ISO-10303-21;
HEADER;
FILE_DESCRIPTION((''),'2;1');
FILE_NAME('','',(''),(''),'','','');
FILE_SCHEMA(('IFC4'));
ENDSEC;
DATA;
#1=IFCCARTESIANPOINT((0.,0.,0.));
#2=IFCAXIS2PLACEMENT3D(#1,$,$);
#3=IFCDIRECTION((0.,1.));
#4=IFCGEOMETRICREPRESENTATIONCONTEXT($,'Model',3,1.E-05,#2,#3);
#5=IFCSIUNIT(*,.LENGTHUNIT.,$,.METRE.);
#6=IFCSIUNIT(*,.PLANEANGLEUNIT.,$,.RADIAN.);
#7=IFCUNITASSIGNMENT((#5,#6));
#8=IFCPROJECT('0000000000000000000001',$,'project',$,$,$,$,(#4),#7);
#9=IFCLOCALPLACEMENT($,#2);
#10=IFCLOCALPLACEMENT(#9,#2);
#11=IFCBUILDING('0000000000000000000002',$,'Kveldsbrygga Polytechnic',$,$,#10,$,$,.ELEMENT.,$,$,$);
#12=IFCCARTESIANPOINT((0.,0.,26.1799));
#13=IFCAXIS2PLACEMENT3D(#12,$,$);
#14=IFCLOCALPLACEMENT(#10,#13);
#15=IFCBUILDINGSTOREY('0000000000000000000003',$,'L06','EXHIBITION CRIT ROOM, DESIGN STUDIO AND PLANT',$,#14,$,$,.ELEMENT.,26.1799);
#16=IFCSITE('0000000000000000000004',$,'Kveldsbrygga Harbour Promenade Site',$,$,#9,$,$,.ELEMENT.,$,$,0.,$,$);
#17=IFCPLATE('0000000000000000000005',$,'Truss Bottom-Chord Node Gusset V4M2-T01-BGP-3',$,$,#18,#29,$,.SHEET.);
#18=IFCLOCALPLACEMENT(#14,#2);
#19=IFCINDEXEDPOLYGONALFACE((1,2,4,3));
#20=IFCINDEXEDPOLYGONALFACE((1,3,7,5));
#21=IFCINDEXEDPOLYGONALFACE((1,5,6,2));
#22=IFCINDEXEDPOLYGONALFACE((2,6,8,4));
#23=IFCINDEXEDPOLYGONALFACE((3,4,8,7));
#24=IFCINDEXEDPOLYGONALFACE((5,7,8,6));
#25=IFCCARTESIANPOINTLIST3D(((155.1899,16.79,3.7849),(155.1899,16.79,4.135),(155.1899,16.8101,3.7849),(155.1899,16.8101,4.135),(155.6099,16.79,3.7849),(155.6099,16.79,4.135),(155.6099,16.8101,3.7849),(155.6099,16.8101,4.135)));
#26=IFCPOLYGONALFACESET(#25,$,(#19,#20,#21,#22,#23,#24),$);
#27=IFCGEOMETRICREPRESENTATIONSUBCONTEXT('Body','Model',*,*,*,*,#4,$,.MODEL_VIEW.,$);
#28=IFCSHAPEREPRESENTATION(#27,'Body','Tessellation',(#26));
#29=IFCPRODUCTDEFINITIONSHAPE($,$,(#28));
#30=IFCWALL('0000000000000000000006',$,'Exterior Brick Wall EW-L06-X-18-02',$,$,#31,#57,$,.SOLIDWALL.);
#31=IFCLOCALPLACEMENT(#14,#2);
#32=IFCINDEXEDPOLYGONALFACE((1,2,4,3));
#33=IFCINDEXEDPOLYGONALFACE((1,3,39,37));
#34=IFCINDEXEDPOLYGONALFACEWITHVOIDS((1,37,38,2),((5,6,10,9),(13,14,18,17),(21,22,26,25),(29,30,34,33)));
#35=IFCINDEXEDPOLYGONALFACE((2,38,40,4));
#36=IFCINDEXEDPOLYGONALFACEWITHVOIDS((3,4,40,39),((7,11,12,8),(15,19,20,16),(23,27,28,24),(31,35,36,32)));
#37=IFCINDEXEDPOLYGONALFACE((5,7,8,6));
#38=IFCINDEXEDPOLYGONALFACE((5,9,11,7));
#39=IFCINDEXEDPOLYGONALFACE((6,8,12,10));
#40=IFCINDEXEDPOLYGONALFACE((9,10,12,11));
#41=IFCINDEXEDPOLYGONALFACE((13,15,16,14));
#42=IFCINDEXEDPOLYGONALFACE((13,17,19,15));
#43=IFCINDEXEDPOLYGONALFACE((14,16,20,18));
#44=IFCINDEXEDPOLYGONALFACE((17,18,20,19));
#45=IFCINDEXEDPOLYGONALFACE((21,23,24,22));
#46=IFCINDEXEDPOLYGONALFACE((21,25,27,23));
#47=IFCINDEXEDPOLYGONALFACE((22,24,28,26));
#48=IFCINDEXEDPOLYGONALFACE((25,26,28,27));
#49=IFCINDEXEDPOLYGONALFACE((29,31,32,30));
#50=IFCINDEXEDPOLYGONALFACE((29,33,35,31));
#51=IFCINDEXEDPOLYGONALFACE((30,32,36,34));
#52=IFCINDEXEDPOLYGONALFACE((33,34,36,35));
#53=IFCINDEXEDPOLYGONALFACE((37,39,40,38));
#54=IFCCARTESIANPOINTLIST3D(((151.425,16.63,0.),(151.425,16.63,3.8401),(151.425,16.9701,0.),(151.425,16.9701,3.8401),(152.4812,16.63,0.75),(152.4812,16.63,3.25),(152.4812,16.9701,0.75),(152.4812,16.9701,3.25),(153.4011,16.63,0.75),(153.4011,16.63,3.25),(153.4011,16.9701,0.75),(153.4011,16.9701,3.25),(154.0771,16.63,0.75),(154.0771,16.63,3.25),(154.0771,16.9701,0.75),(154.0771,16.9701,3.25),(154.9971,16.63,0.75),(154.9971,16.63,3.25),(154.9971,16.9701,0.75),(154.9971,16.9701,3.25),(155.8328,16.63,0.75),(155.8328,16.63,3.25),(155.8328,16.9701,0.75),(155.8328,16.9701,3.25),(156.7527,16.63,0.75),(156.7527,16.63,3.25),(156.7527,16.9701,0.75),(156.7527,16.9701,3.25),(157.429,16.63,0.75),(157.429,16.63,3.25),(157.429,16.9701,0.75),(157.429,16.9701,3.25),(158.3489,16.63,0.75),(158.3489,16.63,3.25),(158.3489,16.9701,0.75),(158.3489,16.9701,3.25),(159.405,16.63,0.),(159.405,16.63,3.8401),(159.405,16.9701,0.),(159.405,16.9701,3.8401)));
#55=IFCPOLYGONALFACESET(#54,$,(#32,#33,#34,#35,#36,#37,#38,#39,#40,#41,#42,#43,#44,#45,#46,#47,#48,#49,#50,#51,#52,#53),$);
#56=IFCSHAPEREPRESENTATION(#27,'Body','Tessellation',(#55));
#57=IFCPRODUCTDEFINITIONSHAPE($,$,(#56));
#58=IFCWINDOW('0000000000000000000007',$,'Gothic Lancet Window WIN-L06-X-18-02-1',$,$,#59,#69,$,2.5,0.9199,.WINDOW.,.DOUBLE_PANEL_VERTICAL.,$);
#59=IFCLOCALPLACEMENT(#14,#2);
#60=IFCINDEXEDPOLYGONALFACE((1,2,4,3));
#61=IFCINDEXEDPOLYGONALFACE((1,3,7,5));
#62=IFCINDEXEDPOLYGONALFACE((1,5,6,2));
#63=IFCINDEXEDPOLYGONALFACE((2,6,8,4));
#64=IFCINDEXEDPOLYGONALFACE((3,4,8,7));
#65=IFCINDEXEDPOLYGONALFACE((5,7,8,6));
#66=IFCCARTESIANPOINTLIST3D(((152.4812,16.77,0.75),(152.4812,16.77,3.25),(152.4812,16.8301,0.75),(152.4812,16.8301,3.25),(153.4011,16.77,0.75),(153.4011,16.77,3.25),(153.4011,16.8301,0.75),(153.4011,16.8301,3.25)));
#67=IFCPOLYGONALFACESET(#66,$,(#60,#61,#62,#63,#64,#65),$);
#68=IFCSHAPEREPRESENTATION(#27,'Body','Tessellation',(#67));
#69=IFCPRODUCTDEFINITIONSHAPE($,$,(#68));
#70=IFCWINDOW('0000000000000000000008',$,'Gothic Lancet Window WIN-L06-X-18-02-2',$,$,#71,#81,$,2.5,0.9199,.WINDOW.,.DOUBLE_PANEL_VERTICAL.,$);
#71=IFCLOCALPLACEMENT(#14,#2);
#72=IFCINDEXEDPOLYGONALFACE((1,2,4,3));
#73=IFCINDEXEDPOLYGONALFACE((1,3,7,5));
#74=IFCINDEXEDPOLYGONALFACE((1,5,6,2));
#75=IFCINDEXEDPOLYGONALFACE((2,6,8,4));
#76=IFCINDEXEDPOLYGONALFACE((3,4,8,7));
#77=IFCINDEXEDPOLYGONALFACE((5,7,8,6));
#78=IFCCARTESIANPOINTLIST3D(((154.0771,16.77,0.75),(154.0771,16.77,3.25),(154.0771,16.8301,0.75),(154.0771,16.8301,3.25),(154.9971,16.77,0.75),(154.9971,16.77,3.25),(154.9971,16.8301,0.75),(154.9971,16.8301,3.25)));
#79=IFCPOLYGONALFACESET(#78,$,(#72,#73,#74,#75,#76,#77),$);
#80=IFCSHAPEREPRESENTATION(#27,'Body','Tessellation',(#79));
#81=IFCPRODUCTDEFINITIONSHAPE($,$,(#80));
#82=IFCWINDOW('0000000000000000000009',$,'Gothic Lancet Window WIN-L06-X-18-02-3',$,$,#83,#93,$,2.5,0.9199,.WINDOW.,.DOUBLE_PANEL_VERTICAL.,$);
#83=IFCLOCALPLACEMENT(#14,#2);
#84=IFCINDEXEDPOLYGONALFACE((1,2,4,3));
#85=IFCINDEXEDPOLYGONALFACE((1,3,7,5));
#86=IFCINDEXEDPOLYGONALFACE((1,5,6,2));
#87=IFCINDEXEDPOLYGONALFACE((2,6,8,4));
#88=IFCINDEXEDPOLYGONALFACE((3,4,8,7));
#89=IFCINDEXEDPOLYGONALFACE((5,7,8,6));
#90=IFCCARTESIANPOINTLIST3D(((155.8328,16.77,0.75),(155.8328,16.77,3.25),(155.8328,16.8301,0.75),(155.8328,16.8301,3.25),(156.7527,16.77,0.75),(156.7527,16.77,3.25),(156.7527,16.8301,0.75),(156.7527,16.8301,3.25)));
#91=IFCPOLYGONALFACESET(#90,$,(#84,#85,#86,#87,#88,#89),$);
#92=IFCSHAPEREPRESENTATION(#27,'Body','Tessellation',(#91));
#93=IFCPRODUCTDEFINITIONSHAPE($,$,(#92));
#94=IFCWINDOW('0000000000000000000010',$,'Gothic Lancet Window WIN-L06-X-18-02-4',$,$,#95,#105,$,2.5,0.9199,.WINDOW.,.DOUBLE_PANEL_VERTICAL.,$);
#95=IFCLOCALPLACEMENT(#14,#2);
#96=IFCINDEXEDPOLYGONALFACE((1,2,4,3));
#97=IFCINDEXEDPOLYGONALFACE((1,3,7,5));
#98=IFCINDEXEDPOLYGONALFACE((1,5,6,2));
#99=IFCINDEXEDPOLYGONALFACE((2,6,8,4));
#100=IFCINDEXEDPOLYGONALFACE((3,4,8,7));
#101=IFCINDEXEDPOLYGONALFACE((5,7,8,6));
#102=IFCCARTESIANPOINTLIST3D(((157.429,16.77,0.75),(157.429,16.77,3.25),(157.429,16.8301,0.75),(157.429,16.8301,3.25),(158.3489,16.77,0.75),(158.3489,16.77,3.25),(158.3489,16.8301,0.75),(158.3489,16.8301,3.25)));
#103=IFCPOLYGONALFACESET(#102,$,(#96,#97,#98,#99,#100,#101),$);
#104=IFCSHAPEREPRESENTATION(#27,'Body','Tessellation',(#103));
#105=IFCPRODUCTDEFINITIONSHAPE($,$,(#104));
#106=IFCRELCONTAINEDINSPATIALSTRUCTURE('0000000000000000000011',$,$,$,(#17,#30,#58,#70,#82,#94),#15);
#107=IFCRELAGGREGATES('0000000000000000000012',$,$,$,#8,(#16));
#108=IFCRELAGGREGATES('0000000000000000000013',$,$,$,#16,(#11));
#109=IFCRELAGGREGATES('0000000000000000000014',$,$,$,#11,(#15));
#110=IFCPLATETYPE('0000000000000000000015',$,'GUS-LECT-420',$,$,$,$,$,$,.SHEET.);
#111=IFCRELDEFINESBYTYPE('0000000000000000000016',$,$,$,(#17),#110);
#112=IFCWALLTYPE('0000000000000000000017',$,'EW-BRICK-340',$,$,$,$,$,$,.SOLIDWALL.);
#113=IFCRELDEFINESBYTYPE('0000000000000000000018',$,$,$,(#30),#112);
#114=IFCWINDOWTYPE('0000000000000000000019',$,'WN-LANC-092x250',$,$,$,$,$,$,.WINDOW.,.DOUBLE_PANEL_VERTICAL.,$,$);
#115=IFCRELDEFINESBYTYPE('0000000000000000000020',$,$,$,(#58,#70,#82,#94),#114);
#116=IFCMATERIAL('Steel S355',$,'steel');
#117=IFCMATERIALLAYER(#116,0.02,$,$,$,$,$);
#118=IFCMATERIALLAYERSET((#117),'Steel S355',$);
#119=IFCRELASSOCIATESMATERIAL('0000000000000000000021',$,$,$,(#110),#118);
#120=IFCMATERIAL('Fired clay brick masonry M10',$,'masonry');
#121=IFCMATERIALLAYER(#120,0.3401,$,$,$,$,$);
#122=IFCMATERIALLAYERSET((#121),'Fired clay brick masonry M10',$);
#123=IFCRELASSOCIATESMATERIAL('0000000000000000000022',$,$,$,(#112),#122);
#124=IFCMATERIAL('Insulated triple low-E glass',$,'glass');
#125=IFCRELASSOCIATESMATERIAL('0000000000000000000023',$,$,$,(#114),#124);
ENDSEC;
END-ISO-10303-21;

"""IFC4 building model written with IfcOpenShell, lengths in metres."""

from ifc_helpers import new_model, si_unit, direction, frame, frame_2d, origin, origin_2d, place, context, subcontext, project, spatial, rectangle, extrude, material, layer, layer_set, type_object, element, fill, save


model = new_model("IFC4")

# Units and contexts
model_context = context("Model", 3, precision=1e-05, world=origin(), true_north=direction((0.0, 1.0)))
body_context = subcontext(model_context, "Body", "Model", "MODEL_VIEW")
ifc_project = project(units=[si_unit("LENGTHUNIT", "METRE"), si_unit("PLANEANGLEUNIT", "RADIAN")], contexts=[model_context])

# Site, building, storey
site_placement = place(None, origin())
site = spatial("IfcSite", under=ifc_project, at=site_placement, Name="Kveldsbrygga Harbour Promenade Site", CompositionType="ELEMENT", RefElevation=0.0)
building_placement = place(site_placement, origin())
building = spatial("IfcBuilding", under=site, at=building_placement, Name="Kveldsbrygga Polytechnic", CompositionType="ELEMENT")
storey_placement = place(building_placement, frame((0.0, 0.0, 26.1799)))
storey = spatial("IfcBuildingStorey", under=building, at=storey_placement, Name="L06", Description="EXHIBITION CRIT ROOM, DESIGN STUDIO AND PLANT", CompositionType="ELEMENT", Elevation=26.1799)

# Shared definitions
ifc_material_1 = material(Name="Steel S355", Category="steel")

# Plate
ifc_layer_1 = layer(ifc_material_1, 0.02)
ifc_layer_set_1 = layer_set([ifc_layer_1], Name="Steel S355")
plate_type_1 = type_object("IfcPlateType", Name="GUS-LECT-420", PredefinedType="SHEET", material=ifc_layer_set_1)
for number, where, z_axis, x_axis, name in (
    (1, (155.3999, 16.8, 3.7849), (0.0, 0.0, 1.0), (1.0, 0.0, 0.0), "Truss Bottom-Chord Node Gusset V4M2-T01-BGP-3"),
):
    element("IfcPlate", number, at=place(storey_placement, frame(where, z_axis=z_axis, x_axis=x_axis)), inside=storey, type_object=plate_type_1, Name=name, PredefinedType="SHEET", context=body_context, shape_type="SweptSolid", body=[
        extrude(rectangle(XDim=0.4199, YDim=0.02, at=origin_2d()), origin(), (0.0, 0.0, 1.0), 0.3501),
    ])

# Wall, openings, windows
ifc_material_2 = material(Name="Fired clay brick masonry M10", Category="masonry")
ifc_layer_2 = layer(ifc_material_2, 0.3401)
ifc_layer_set_2 = layer_set([ifc_layer_2], Name="Fired clay brick masonry M10")
wall_type = type_object("IfcWallType", Name="EW-BRICK-340", PredefinedType="SOLIDWALL", material=ifc_layer_set_2)
wall_1_placement = place(storey_placement, frame((151.425, 16.8, 0.0), z_axis=(0.0, 0.0, 1.0), x_axis=(1.0, 0.0, 0.0)))
wall_1 = element("IfcWall", 2, at=wall_1_placement, inside=storey, type_object=wall_type, Name="Exterior Brick Wall EW-L06-X-18-02", PredefinedType="SOLIDWALL", context=body_context, shape_type="SweptSolid", body=[
    extrude(rectangle(XDim=7.98, YDim=0.3401, at=frame_2d((3.99, 0.0))), origin(), (0.0, 0.0, 1.0), 3.8401),
])
opening_1_placement = place(wall_1_placement, frame((1.0562, 0.0, 0.75)))
opening_1 = element("IfcOpeningElement", 3, at=opening_1_placement, cuts=wall_1, PredefinedType="OPENING", context=body_context, shape_type="SweptSolid", body=[
    extrude(rectangle(XDim=0.9199, YDim=2.5, at=frame_2d((0.46, 1.25))), frame((0.0, 0.1802, 0.0), z_axis=(0.0, -1.0, 0.0), x_axis=(1.0, 0.0, 0.0)), (0.0, 0.0, 1.0), 0.3601),
])
opening_2_placement = place(wall_1_placement, frame((2.6521, 0.0, 0.75)))
opening_2 = element("IfcOpeningElement", 4, at=opening_2_placement, cuts=wall_1, PredefinedType="OPENING", context=body_context, shape_type="SweptSolid", body=[
    extrude(rectangle(XDim=0.9199, YDim=2.5, at=frame_2d((0.46, 1.25))), frame((0.0, 0.1802, 0.0), z_axis=(0.0, -1.0, 0.0), x_axis=(1.0, 0.0, 0.0)), (0.0, 0.0, 1.0), 0.3601),
])
opening_3_placement = place(wall_1_placement, frame((4.4077, 0.0, 0.75)))
opening_3 = element("IfcOpeningElement", 5, at=opening_3_placement, cuts=wall_1, PredefinedType="OPENING", context=body_context, shape_type="SweptSolid", body=[
    extrude(rectangle(XDim=0.9199, YDim=2.5, at=frame_2d((0.46, 1.25))), frame((0.0, 0.1802, 0.0), z_axis=(0.0, -1.0, 0.0), x_axis=(1.0, 0.0, 0.0)), (0.0, 0.0, 1.0), 0.3601),
])
opening_4_placement = place(wall_1_placement, frame((6.0039, 0.0, 0.75)))
opening_4 = element("IfcOpeningElement", 6, at=opening_4_placement, cuts=wall_1, PredefinedType="OPENING", context=body_context, shape_type="SweptSolid", body=[
    extrude(rectangle(XDim=0.9199, YDim=2.5, at=frame_2d((0.46, 1.25))), frame((0.0, 0.1802, 0.0), z_axis=(0.0, -1.0, 0.0), x_axis=(1.0, 0.0, 0.0)), (0.0, 0.0, 1.0), 0.3601),
])
ifc_material_3 = material(Name="Insulated triple low-E glass", Category="glass")
window_type_1 = type_object("IfcWindowType", Name="WN-LANC-092x250", PartitioningType="DOUBLE_PANEL_VERTICAL", PredefinedType="WINDOW", material=ifc_material_3)
window_1_placement = place(opening_1_placement, origin())
window_1 = element("IfcWindow", 7, at=window_1_placement, inside=storey, type_object=window_type_1, Name="Gothic Lancet Window WIN-L06-X-18-02-1", OverallHeight=2.5, OverallWidth=0.9199, PartitioningType="DOUBLE_PANEL_VERTICAL", PredefinedType="WINDOW", context=body_context, shape_type="SweptSolid", body=[
    extrude(rectangle(XDim=0.9199, YDim=2.5, at=frame_2d((0.46, 1.25))), frame((0.0, 0.03, 0.0), z_axis=(0.0, -1.0, 0.0), x_axis=(1.0, 0.0, 0.0)), (0.0, 0.0, 1.0), 0.0601),
])
fill(opening_1, window_1)
window_2_placement = place(opening_2_placement, origin())
window_2 = element("IfcWindow", 8, at=window_2_placement, inside=storey, type_object=window_type_1, Name="Gothic Lancet Window WIN-L06-X-18-02-2", OverallHeight=2.5, OverallWidth=0.9199, PartitioningType="DOUBLE_PANEL_VERTICAL", PredefinedType="WINDOW", context=body_context, shape_type="SweptSolid", body=[
    extrude(rectangle(XDim=0.9199, YDim=2.5, at=frame_2d((0.46, 1.25))), frame((0.0, 0.03, 0.0), z_axis=(0.0, -1.0, 0.0), x_axis=(1.0, 0.0, 0.0)), (0.0, 0.0, 1.0), 0.0601),
])
fill(opening_2, window_2)
window_3_placement = place(opening_3_placement, origin())
window_3 = element("IfcWindow", 9, at=window_3_placement, inside=storey, type_object=window_type_1, Name="Gothic Lancet Window WIN-L06-X-18-02-3", OverallHeight=2.5, OverallWidth=0.9199, PartitioningType="DOUBLE_PANEL_VERTICAL", PredefinedType="WINDOW", context=body_context, shape_type="SweptSolid", body=[
    extrude(rectangle(XDim=0.9199, YDim=2.5, at=frame_2d((0.46, 1.25))), frame((0.0, 0.03, 0.0), z_axis=(0.0, -1.0, 0.0), x_axis=(1.0, 0.0, 0.0)), (0.0, 0.0, 1.0), 0.0601),
])
fill(opening_3, window_3)
window_4_placement = place(opening_4_placement, origin())
window_4 = element("IfcWindow", 10, at=window_4_placement, inside=storey, type_object=window_type_1, Name="Gothic Lancet Window WIN-L06-X-18-02-4", OverallHeight=2.5, OverallWidth=0.9199, PartitioningType="DOUBLE_PANEL_VERTICAL", PredefinedType="WINDOW", context=body_context, shape_type="SweptSolid", body=[
    extrude(rectangle(XDim=0.9199, YDim=2.5, at=frame_2d((0.46, 1.25))), frame((0.0, 0.03, 0.0), z_axis=(0.0, -1.0, 0.0), x_axis=(1.0, 0.0, 0.0)), (0.0, 0.0, 1.0), 0.0601),
])
fill(opening_4, window_4)

save(model, "model.ifc")
